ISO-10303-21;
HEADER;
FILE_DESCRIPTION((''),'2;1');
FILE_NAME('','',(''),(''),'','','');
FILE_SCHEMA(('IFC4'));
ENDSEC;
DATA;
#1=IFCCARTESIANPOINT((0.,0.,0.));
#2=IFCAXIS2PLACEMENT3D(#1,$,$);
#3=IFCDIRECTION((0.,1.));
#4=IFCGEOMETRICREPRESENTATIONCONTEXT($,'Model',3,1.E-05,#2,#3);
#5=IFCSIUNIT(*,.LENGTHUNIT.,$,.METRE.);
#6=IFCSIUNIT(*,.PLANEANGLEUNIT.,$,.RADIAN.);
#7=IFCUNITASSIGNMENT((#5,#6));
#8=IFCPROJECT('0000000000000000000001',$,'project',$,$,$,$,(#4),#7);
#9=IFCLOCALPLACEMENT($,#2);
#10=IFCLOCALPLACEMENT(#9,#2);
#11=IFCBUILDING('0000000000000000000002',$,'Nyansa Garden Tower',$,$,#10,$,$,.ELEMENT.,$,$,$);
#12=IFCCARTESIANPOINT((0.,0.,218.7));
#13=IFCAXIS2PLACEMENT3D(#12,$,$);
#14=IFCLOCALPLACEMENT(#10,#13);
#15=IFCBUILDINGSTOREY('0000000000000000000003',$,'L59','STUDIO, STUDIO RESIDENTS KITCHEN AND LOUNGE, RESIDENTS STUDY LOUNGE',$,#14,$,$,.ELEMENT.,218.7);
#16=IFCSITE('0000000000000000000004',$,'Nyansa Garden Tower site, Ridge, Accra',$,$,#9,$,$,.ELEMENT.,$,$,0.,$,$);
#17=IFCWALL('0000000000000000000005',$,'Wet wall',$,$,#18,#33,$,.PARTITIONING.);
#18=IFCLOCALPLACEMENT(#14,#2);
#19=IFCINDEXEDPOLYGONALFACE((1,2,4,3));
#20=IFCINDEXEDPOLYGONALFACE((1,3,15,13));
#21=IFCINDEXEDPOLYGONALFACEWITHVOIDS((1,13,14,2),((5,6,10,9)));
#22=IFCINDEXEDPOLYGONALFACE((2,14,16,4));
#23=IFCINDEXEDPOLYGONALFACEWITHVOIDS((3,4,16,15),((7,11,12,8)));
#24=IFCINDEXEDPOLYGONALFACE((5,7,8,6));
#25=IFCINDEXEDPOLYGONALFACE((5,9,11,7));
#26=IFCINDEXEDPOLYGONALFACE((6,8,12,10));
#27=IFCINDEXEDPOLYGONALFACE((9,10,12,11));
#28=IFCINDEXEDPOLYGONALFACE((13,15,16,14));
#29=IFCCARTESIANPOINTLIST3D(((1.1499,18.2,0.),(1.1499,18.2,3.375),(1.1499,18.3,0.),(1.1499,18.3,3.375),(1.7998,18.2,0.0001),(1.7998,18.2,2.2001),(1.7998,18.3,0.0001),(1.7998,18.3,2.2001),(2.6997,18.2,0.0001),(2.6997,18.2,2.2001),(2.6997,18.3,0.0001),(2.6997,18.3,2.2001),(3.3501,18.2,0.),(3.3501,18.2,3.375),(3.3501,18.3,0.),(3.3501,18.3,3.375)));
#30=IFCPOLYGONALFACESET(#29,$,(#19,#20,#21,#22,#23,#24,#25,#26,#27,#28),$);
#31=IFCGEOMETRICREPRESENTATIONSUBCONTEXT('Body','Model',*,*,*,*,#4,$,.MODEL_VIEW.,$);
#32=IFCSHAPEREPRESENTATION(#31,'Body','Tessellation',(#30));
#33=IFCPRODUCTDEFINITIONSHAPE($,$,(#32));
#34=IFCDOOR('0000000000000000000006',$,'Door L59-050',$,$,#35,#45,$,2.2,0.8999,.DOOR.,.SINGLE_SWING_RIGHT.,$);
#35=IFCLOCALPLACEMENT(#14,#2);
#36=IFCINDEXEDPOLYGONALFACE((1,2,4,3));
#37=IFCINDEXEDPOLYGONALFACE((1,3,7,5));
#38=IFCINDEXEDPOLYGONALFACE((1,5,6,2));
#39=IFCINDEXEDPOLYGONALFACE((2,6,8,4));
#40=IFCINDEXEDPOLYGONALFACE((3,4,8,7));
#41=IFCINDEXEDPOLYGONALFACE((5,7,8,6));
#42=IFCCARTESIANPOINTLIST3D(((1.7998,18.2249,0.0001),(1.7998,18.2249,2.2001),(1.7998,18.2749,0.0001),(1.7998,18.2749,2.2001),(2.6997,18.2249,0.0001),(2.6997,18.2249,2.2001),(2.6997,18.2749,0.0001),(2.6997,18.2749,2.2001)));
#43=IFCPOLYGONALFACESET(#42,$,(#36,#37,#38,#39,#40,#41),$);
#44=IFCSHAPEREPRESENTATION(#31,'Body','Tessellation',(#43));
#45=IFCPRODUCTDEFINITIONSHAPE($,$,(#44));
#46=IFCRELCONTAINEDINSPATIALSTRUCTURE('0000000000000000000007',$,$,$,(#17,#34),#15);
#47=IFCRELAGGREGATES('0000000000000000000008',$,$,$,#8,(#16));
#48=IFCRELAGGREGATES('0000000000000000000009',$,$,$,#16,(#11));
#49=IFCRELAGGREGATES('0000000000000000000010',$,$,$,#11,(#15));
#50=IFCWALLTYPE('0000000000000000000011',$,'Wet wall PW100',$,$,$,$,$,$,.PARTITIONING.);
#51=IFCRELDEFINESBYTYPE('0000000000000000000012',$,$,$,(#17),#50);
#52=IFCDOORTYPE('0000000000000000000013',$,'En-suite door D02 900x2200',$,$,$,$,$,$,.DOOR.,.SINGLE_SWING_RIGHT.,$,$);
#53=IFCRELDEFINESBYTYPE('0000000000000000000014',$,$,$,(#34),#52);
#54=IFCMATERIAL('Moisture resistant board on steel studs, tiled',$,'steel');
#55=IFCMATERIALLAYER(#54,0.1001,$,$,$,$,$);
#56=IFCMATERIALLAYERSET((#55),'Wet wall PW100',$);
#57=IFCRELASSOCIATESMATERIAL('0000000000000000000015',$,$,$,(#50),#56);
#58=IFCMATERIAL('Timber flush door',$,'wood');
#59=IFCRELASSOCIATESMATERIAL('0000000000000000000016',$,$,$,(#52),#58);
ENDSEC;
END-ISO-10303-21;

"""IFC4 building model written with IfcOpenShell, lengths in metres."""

from ifc_helpers import new_model, si_unit, direction, frame, frame_2d, origin, place, context, subcontext, project, spatial, rectangle, extrude, material, layer, layer_set, type_object, element, fill, save


model = new_model("IFC4")

# Units and contexts
model_context = context("Model", 3, precision=1e-05, world=origin(), true_north=direction((0.0, 1.0)))
body_context = subcontext(model_context, "Body", "Model", "MODEL_VIEW")
ifc_project = project(units=[si_unit("LENGTHUNIT", "METRE"), si_unit("PLANEANGLEUNIT", "RADIAN")], contexts=[model_context])

# Site, building, storey
site_placement = place(None, origin())
site = spatial("IfcSite", under=ifc_project, at=site_placement, Name="Nyansa Garden Tower site, Ridge, Accra", CompositionType="ELEMENT", RefElevation=0.0)
building_placement = place(site_placement, origin())
building = spatial("IfcBuilding", under=site, at=building_placement, Name="Nyansa Garden Tower", CompositionType="ELEMENT")
storey_placement = place(building_placement, frame((0.0, 0.0, 218.7)))
storey = spatial("IfcBuildingStorey", under=building, at=storey_placement, Name="L59", Description="STUDIO, STUDIO RESIDENTS KITCHEN AND LOUNGE, RESIDENTS STUDY LOUNGE", CompositionType="ELEMENT", Elevation=218.7)

# Shared definitions
ifc_material_1 = material(Name="Moisture resistant board on steel studs, tiled", Category="steel")
ifc_layer_1 = layer(ifc_material_1, 0.1001)
ifc_layer_set_1 = layer_set([ifc_layer_1], Name="Wet wall PW100")
wall_type_1 = type_object("IfcWallType", Name="Wet wall PW100", PredefinedType="PARTITIONING", material=ifc_layer_set_1)

# Shared definitions
ifc_material_2 = material(Name="Timber flush door", Category="wood")
door_type = type_object("IfcDoorType", Name="En-suite door D02 900x2200", OperationType="SINGLE_SWING_RIGHT", PredefinedType="DOOR", material=ifc_material_2)

# Wall, opening, door
wall_1_placement = place(storey_placement, frame((1.1499, 18.25, 0.0), z_axis=(0.0, 0.0, 1.0), x_axis=(1.0, 0.0, 0.0)))
wall_1 = element("IfcWall", 1, at=wall_1_placement, inside=storey, type_object=wall_type_1, Name="Wet wall", PredefinedType="PARTITIONING", context=body_context, shape_type="SweptSolid", body=[
    extrude(rectangle(XDim=2.2002, YDim=0.1001, at=frame_2d((1.1001, 0.0))), origin(), (0.0, 0.0, 1.0), 3.375),
])
opening_1_placement = place(wall_1_placement, frame((0.6499, 0.0, 0.0)))
opening_1 = element("IfcOpeningElement", 2, at=opening_1_placement, cuts=wall_1, PredefinedType="OPENING", context=body_context, shape_type="SweptSolid", body=[
    extrude(rectangle(XDim=0.8999, YDim=2.2, at=frame_2d((0.45, 1.1001))), frame((0.0, 0.0601, 0.0), z_axis=(0.0, -1.0, 0.0), x_axis=(1.0, 0.0, 0.0)), (0.0, 0.0, 1.0), 0.1201),
])
door_1_placement = place(opening_1_placement, origin())
door_1 = element("IfcDoor", 3, at=door_1_placement, inside=storey, type_object=door_type, Name="Door L59-050", OperationType="SINGLE_SWING_RIGHT", OverallHeight=2.2, OverallWidth=0.8999, PredefinedType="DOOR", context=body_context, shape_type="SweptSolid", body=[
    extrude(rectangle(XDim=0.8999, YDim=2.2, at=frame_2d((0.45, 1.1001))), frame((0.0, 0.0249, 0.0), z_axis=(0.0, -1.0, 0.0), x_axis=(1.0, 0.0, 0.0)), (0.0, 0.0, 1.0), 0.05),
])
fill(opening_1, door_1)

save(model, "model.ifc")
